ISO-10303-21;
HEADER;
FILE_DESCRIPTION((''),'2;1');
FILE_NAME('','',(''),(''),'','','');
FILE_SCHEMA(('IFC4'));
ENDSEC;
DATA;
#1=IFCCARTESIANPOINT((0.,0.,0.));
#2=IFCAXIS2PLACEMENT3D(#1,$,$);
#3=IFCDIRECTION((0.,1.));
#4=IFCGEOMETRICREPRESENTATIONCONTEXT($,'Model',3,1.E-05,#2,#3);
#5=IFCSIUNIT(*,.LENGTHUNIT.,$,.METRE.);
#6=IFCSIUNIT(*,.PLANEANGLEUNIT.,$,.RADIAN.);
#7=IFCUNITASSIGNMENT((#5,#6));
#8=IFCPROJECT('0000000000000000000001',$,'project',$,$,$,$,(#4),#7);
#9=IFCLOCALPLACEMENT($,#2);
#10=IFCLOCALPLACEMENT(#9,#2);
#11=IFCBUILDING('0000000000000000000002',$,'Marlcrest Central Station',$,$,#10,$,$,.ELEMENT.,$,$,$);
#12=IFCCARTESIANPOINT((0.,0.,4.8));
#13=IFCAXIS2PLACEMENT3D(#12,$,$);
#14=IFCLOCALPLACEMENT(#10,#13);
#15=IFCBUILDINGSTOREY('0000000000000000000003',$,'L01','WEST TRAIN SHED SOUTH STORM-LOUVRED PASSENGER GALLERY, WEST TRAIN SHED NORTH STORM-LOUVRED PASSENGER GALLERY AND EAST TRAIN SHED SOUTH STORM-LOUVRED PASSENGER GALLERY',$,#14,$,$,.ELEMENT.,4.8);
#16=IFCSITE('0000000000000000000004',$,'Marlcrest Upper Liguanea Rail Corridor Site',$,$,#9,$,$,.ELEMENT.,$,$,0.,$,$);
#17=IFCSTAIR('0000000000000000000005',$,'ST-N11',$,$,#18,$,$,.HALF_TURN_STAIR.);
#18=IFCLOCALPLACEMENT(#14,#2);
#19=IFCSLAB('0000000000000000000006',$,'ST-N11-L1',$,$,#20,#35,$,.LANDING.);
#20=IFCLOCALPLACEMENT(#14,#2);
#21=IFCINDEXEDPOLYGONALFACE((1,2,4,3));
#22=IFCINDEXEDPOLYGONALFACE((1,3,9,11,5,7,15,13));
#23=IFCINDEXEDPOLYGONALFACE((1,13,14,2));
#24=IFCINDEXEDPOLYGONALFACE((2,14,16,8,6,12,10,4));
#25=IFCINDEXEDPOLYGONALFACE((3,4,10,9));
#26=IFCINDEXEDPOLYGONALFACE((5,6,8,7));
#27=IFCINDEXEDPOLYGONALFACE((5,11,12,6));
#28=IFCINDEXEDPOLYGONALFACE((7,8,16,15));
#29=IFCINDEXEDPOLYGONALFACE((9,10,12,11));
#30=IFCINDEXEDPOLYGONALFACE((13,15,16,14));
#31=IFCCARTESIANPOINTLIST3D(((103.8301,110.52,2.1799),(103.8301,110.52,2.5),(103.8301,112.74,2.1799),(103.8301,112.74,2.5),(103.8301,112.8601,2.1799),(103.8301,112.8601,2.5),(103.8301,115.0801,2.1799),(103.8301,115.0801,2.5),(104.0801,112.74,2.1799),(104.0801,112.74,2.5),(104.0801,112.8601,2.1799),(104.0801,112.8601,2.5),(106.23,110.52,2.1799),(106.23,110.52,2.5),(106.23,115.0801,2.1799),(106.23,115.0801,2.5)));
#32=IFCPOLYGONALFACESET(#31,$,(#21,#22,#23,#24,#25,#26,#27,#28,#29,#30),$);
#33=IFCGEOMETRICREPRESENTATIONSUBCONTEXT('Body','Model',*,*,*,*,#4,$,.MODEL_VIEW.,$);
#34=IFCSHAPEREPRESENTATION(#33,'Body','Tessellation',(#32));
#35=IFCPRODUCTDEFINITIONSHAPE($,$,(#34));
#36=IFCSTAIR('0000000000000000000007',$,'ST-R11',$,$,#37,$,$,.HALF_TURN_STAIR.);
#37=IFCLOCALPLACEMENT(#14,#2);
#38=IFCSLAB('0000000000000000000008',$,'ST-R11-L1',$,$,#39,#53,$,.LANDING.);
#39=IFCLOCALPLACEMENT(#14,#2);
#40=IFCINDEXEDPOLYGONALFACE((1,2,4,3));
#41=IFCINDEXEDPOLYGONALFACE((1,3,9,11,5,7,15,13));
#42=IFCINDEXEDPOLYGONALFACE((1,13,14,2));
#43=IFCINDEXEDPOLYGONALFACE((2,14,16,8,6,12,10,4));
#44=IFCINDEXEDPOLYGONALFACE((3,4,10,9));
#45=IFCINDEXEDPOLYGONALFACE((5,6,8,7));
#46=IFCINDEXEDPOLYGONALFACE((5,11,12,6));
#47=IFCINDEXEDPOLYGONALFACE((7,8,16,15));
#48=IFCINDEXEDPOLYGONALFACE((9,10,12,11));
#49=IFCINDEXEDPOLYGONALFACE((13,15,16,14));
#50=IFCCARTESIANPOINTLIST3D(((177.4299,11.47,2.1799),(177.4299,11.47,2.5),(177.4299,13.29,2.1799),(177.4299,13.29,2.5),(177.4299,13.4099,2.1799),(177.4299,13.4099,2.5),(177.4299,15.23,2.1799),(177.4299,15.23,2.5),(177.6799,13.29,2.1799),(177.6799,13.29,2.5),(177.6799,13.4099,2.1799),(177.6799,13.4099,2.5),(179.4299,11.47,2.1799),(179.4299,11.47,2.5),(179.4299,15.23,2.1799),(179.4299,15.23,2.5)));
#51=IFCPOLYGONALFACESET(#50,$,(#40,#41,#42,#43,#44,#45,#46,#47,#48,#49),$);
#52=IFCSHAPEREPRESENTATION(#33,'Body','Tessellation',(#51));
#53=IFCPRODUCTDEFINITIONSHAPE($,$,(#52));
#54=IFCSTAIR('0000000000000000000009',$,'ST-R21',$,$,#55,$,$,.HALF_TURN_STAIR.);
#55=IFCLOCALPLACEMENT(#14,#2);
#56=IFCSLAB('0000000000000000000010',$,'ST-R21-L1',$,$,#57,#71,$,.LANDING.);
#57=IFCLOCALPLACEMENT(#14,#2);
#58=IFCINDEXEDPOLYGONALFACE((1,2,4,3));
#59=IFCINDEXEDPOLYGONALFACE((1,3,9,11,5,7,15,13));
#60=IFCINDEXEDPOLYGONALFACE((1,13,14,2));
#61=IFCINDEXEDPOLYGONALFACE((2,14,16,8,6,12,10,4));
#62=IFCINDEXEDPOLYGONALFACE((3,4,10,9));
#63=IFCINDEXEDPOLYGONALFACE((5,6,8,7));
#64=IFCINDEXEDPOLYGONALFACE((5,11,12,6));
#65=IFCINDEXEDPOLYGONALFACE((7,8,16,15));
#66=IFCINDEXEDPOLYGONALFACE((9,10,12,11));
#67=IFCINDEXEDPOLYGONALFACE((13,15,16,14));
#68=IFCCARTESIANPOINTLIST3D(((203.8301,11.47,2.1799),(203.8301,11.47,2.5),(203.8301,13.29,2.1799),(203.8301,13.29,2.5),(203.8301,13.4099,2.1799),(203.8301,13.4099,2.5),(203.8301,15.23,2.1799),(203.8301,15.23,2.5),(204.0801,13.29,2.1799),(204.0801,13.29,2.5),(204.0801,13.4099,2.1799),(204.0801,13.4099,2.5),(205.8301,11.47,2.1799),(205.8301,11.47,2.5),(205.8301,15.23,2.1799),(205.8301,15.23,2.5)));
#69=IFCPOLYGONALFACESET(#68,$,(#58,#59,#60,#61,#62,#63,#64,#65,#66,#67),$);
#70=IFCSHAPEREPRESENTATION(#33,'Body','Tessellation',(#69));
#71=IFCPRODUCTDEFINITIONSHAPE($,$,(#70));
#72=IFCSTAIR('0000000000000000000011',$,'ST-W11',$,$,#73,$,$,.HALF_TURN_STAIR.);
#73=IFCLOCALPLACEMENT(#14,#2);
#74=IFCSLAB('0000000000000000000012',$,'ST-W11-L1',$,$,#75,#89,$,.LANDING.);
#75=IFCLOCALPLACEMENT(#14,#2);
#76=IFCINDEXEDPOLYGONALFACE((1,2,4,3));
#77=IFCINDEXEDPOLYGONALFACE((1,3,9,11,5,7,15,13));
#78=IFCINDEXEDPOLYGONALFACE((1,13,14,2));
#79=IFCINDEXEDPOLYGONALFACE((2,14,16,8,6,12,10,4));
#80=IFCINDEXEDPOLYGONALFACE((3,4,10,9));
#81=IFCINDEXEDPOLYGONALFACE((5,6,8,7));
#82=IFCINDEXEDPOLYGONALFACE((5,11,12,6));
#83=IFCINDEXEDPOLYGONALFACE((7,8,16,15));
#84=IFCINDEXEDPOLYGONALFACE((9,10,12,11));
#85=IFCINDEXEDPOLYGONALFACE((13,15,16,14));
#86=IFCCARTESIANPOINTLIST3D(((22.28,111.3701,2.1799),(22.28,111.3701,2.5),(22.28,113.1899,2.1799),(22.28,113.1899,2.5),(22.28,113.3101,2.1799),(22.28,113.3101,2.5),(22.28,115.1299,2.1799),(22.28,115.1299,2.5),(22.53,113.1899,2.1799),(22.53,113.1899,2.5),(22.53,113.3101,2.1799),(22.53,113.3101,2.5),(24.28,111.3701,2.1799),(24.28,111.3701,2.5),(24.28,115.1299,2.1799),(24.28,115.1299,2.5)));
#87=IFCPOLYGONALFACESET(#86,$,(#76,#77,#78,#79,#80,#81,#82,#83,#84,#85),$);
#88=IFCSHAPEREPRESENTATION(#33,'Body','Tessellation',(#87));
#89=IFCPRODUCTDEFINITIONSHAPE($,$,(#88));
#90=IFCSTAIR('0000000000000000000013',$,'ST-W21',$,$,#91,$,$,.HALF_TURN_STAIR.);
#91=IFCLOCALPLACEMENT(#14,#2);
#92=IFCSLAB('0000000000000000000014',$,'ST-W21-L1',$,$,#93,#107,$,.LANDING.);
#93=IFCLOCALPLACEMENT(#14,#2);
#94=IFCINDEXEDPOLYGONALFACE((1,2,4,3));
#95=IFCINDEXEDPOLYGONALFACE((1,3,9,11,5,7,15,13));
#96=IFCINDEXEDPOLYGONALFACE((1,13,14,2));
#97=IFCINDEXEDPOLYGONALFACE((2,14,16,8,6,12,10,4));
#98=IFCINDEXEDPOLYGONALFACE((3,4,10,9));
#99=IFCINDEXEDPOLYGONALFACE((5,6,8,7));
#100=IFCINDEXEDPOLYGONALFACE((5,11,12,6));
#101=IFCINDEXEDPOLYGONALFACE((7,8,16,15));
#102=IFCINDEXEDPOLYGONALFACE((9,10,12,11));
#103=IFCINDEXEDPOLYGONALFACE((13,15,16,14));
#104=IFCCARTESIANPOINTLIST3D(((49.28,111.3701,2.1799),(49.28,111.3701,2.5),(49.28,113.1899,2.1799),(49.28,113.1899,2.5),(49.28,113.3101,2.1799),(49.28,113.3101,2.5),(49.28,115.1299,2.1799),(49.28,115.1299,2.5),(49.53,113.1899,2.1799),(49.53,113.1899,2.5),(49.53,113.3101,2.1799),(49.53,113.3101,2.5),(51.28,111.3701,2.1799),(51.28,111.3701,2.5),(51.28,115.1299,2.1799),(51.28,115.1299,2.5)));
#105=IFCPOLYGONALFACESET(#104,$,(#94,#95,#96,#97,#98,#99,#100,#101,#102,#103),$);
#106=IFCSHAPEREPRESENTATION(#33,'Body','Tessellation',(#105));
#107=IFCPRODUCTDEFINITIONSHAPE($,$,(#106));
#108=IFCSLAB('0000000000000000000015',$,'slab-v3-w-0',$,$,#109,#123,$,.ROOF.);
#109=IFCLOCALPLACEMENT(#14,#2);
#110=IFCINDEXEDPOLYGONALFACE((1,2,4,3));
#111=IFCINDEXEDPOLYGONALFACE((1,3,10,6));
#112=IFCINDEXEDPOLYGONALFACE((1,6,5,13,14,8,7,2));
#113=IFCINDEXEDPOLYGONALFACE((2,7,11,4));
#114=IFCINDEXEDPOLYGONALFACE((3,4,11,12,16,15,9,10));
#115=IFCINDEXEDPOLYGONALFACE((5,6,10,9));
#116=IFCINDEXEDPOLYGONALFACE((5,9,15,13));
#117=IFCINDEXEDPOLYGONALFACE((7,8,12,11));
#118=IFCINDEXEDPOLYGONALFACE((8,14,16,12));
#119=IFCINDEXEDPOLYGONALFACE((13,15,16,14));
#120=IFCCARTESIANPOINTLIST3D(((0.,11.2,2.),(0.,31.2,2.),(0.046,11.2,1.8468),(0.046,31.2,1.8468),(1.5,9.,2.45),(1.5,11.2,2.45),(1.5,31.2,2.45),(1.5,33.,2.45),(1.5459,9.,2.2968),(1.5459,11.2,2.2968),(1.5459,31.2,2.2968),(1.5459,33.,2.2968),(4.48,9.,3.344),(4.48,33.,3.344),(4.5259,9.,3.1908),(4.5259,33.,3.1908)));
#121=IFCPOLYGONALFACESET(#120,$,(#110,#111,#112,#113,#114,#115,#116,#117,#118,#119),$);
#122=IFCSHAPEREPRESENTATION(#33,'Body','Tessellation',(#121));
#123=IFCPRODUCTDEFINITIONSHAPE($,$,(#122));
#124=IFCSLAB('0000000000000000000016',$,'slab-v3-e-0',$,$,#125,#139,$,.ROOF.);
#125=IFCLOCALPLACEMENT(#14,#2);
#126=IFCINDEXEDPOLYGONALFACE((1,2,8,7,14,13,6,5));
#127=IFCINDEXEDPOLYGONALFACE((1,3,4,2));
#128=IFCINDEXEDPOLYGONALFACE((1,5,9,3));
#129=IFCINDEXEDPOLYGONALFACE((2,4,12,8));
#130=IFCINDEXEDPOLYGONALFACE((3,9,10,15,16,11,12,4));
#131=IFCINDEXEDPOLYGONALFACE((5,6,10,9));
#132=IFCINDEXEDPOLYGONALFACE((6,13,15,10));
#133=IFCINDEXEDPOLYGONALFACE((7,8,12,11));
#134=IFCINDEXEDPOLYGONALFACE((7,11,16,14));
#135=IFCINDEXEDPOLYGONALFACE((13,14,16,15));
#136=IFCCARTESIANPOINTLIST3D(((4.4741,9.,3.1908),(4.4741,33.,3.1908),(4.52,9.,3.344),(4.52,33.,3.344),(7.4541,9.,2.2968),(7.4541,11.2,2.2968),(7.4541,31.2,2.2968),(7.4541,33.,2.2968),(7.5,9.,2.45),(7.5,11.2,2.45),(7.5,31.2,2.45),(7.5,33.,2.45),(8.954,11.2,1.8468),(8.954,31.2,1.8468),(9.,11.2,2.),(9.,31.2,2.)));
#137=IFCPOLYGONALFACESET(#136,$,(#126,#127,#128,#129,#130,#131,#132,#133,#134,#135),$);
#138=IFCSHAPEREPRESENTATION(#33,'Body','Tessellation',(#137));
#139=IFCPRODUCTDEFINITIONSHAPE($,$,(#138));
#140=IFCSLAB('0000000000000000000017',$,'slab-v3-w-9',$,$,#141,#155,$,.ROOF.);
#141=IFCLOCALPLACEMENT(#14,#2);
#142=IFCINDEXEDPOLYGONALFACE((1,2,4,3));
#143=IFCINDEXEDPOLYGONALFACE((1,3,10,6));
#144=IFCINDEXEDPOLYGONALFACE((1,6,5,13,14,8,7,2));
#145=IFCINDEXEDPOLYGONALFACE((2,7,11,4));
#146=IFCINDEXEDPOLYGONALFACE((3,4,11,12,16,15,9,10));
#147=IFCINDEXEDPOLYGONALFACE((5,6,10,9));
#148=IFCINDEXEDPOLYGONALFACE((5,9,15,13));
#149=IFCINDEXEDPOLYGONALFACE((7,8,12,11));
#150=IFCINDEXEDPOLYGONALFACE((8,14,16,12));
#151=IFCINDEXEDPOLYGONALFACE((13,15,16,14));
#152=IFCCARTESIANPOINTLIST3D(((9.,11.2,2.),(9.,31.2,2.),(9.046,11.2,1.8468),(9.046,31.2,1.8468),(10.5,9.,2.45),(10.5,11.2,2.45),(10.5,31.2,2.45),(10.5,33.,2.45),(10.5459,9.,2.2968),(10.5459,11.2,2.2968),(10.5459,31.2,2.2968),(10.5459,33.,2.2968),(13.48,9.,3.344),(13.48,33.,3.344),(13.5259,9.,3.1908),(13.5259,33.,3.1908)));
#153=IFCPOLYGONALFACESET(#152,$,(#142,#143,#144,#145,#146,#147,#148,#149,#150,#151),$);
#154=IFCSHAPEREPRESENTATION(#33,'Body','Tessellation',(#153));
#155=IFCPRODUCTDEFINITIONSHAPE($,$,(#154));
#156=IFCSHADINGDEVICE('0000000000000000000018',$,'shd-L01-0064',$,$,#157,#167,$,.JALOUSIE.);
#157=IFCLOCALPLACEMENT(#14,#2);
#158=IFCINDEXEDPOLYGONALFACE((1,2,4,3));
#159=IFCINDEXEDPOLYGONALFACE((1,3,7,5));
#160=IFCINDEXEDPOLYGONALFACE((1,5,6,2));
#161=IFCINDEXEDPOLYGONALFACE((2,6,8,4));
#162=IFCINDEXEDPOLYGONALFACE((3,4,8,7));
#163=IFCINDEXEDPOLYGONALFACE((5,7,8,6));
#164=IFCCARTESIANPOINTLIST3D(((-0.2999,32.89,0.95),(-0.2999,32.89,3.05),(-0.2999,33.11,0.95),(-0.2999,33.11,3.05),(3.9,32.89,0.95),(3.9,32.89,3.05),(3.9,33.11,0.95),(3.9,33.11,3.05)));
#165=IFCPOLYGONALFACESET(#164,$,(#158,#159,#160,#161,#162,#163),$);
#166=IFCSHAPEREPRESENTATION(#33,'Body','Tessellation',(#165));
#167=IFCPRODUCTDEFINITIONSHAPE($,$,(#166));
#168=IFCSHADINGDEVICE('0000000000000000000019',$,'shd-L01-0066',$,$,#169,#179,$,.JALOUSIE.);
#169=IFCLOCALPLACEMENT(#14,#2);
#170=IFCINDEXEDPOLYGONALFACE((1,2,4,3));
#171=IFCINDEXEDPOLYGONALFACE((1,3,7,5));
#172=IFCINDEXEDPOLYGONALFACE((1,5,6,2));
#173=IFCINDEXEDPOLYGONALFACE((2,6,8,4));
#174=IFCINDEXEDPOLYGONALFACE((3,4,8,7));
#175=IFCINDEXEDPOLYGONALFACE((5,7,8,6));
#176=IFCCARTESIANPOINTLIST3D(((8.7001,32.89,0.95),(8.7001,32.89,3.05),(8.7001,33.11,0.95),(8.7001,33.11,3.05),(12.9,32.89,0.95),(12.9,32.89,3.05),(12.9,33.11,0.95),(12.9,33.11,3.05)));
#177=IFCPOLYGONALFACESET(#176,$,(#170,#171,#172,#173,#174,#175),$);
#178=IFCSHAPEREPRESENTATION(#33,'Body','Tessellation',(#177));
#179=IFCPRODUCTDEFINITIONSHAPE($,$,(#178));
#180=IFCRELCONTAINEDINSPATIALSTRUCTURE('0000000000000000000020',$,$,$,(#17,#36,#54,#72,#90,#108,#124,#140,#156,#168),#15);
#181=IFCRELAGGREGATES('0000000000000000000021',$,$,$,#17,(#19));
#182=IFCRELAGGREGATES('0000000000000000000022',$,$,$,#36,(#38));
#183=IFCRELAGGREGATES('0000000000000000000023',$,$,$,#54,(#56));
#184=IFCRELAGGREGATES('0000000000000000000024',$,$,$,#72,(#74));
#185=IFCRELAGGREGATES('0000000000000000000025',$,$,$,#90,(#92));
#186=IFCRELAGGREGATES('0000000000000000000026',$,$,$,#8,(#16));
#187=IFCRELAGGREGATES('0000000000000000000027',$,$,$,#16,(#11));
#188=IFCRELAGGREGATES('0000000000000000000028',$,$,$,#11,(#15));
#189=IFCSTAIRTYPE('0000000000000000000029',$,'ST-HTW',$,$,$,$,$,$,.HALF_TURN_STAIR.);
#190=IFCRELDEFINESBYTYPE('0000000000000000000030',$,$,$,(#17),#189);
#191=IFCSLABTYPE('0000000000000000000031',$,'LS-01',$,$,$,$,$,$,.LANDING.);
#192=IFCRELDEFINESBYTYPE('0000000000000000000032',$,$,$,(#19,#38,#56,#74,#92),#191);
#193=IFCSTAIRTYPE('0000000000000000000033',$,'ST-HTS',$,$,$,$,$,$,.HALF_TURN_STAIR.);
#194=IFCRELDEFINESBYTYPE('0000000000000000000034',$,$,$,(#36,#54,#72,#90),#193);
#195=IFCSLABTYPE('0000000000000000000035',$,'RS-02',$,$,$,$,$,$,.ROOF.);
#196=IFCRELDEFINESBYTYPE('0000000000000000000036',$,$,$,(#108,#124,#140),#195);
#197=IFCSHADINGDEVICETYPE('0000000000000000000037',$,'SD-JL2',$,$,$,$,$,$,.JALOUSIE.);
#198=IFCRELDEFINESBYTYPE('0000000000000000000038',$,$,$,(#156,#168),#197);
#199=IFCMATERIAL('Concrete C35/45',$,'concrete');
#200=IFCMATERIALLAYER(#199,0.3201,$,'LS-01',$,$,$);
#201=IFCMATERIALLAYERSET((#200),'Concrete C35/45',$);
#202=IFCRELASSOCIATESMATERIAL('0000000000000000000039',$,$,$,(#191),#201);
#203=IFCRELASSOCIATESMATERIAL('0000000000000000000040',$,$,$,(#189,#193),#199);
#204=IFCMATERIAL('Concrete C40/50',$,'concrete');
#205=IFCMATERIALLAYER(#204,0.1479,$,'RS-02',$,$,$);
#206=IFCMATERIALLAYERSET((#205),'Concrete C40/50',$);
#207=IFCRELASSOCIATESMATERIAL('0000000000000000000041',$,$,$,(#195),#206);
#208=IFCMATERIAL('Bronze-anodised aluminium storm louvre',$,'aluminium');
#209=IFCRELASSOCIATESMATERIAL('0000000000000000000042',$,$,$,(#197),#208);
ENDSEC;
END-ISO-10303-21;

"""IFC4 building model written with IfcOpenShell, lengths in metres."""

from ifc_helpers import new_model, si_unit, direction, frame, origin, origin_2d, place, context, subcontext, project, spatial, polyline, rectangle, outline, extrude, material, layer, layer_set, type_object, element, aggregate, save


model = new_model("IFC4")

# Units and contexts
model_context = context("Model", 3, precision=1e-05, world=origin(), true_north=direction((0.0, 1.0)))
body_context = subcontext(model_context, "Body", "Model", "MODEL_VIEW")
ifc_project = project(units=[si_unit("LENGTHUNIT", "METRE"), si_unit("PLANEANGLEUNIT", "RADIAN")], contexts=[model_context])

# Site, building, storey
site_placement = place(None, origin())
site = spatial("IfcSite", under=ifc_project, at=site_placement, Name="Marlcrest Upper Liguanea Rail Corridor Site", CompositionType="ELEMENT", RefElevation=0.0)
building_placement = place(site_placement, origin())
building = spatial("IfcBuilding", under=site, at=building_placement, Name="Marlcrest Central Station", CompositionType="ELEMENT")
storey_placement = place(building_placement, frame((0.0, 0.0, 4.8)))
storey = spatial("IfcBuildingStorey", under=building, at=storey_placement, Name="L01", Description="WEST TRAIN SHED SOUTH STORM-LOUVRED PASSENGER GALLERY, WEST TRAIN SHED NORTH STORM-LOUVRED PASSENGER GALLERY AND EAST TRAIN SHED SOUTH STORM-LOUVRED PASSENGER GALLERY", CompositionType="ELEMENT", Elevation=4.8)

# Shared definitions
ifc_material_1 = material(Name="Concrete C35/45", Category="concrete")
ifc_layer_1 = layer(ifc_material_1, 0.3201, Name="LS-01")
ifc_layer_set_1 = layer_set([ifc_layer_1], Name="Concrete C35/45")
slab_type_1 = type_object("IfcSlabType", Name="LS-01", PredefinedType="LANDING", material=ifc_layer_set_1)

# Stairs, slabs
stair_type_1 = type_object("IfcStairType", Name="ST-HTW", PredefinedType="HALF_TURN_STAIR", material=ifc_material_1)
stair_1_placement = place(storey_placement, origin())
stair_1 = element("IfcStair", 1, at=stair_1_placement, inside=storey, type_object=stair_type_1, Name="ST-N11", PredefinedType="HALF_TURN_STAIR")
slab_1_placement = place(storey_placement, frame((0.0, 0.0, 2.1799)))
slab_1 = element("IfcSlab", 2, at=slab_1_placement, type_object=slab_type_1, Name="ST-N11-L1", PredefinedType="LANDING", context=body_context, shape_type="SweptSolid", body=[
    extrude(outline(polyline([(103.8301, 110.52), (106.23, 110.52), (106.23, 115.0801), (103.8301, 115.0801), (103.8301, 112.8601), (104.0801, 112.8601), (104.0801, 112.74), (103.8301, 112.74), (103.8301, 110.52)])), origin(), (0.0, 0.0, 1.0), 0.3201),
])
aggregate(stair_1, [slab_1])
stair_type_2 = type_object("IfcStairType", Name="ST-HTS", PredefinedType="HALF_TURN_STAIR", material=ifc_material_1)
stair_2_placement = place(storey_placement, origin())
stair_2 = element("IfcStair", 3, at=stair_2_placement, inside=storey, type_object=stair_type_2, Name="ST-R11", PredefinedType="HALF_TURN_STAIR")
slab_2_placement = place(storey_placement, frame((0.0, 0.0, 2.1799)))
slab_2 = element("IfcSlab", 4, at=slab_2_placement, type_object=slab_type_1, Name="ST-R11-L1", PredefinedType="LANDING", context=body_context, shape_type="SweptSolid", body=[
    extrude(outline(polyline([(177.4299, 11.47), (179.4299, 11.47), (179.4299, 15.23), (177.4299, 15.23), (177.4299, 13.4099), (177.6799, 13.4099), (177.6799, 13.29), (177.4299, 13.29), (177.4299, 11.47)])), origin(), (0.0, 0.0, 1.0), 0.3201),
])
aggregate(stair_2, [slab_2])
stair_3_placement = place(storey_placement, origin())
stair_3 = element("IfcStair", 5, at=stair_3_placement, inside=storey, type_object=stair_type_2, Name="ST-R21", PredefinedType="HALF_TURN_STAIR")
slab_3_placement = place(storey_placement, frame((0.0, 0.0, 2.1799)))
slab_3 = element("IfcSlab", 6, at=slab_3_placement, type_object=slab_type_1, Name="ST-R21-L1", PredefinedType="LANDING", context=body_context, shape_type="SweptSolid", body=[
    extrude(outline(polyline([(203.8301, 11.47), (205.8301, 11.47), (205.8301, 15.23), (203.8301, 15.23), (203.8301, 13.4099), (204.0801, 13.4099), (204.0801, 13.29), (203.8301, 13.29), (203.8301, 11.47)])), origin(), (0.0, 0.0, 1.0), 0.3201),
])
aggregate(stair_3, [slab_3])
stair_4_placement = place(storey_placement, origin())
stair_4 = element("IfcStair", 7, at=stair_4_placement, inside=storey, type_object=stair_type_2, Name="ST-W11", PredefinedType="HALF_TURN_STAIR")
slab_4_placement = place(storey_placement, frame((0.0, 0.0, 2.1799)))
slab_4 = element("IfcSlab", 8, at=slab_4_placement, type_object=slab_type_1, Name="ST-W11-L1", PredefinedType="LANDING", context=body_context, shape_type="SweptSolid", body=[
    extrude(outline(polyline([(22.28, 111.3701), (24.28, 111.3701), (24.28, 115.1299), (22.28, 115.1299), (22.28, 113.3101), (22.53, 113.3101), (22.53, 113.1899), (22.28, 113.1899), (22.28, 111.3701)])), origin(), (0.0, 0.0, 1.0), 0.3201),
])
aggregate(stair_4, [slab_4])
stair_5_placement = place(storey_placement, origin())
stair_5 = element("IfcStair", 9, at=stair_5_placement, inside=storey, type_object=stair_type_2, Name="ST-W21", PredefinedType="HALF_TURN_STAIR")
slab_5_placement = place(storey_placement, frame((0.0, 0.0, 2.1799)))
slab_5 = element("IfcSlab", 10, at=slab_5_placement, type_object=slab_type_1, Name="ST-W21-L1", PredefinedType="LANDING", context=body_context, shape_type="SweptSolid", body=[
    extrude(outline(polyline([(49.28, 111.3701), (51.28, 111.3701), (51.28, 115.1299), (49.28, 115.1299), (49.28, 113.3101), (49.53, 113.3101), (49.53, 113.1899), (49.28, 113.1899), (49.28, 111.3701)])), origin(), (0.0, 0.0, 1.0), 0.3201),
])
aggregate(stair_5, [slab_5])

# Slabs
ifc_material_2 = material(Name="Concrete C40/50", Category="concrete")
ifc_layer_2 = layer(ifc_material_2, 0.1479, Name="RS-02")
ifc_layer_set_2 = layer_set([ifc_layer_2], Name="Concrete C40/50")
slab_type_2 = type_object("IfcSlabType", Name="RS-02", PredefinedType="ROOF", material=ifc_layer_set_2)
slab_6_placement = place(storey_placement, frame((0.0, 11.2, 2.0), z_axis=(-0.28735, 0.0, 0.957826), x_axis=(0.957826, 0.0, 0.28735)))
element("IfcSlab", 11, at=slab_6_placement, inside=storey, type_object=slab_type_2, Name="slab-v3-w-0", PredefinedType="ROOF", context=body_context, shape_type="SweptSolid", body=[
    extrude(outline(polyline([(0.0, 0.0), (1.566, 0.0), (1.566, -2.2), (4.6772, -2.2), (4.6772, 21.8), (1.566, 21.8), (1.566, 20.0), (0.0, 20.0), (0.0, 0.0)])), origin(), (0.0, 0.0, -1.0), 0.1599),
])
slab_7_placement = place(storey_placement, frame((4.52, 9.0, 3.344), z_axis=(0.28735, 0.0, 0.957826), x_axis=(0.957826, 0.0, -0.28735)))
element("IfcSlab", 12, at=slab_7_placement, inside=storey, type_object=slab_type_2, Name="slab-v3-e-0", PredefinedType="ROOF", context=body_context, shape_type="SweptSolid", body=[
    extrude(outline(polyline([(0.0, 0.0), (3.1112, 0.0), (3.1112, 2.2), (4.6772, 2.2), (4.6772, 22.2), (3.1112, 22.2), (3.1112, 24.0), (0.0, 24.0), (0.0, 0.0)])), origin(), (0.0, 0.0, -1.0), 0.1599),
])
slab_8_placement = place(storey_placement, frame((9.0, 11.2, 2.0), z_axis=(-0.28735, 0.0, 0.957826), x_axis=(0.957826, 0.0, 0.28735)))
element("IfcSlab", 13, at=slab_8_placement, inside=storey, type_object=slab_type_2, Name="slab-v3-w-9", PredefinedType="ROOF", context=body_context, shape_type="SweptSolid", body=[
    extrude(outline(polyline([(0.0, 0.0), (1.566, 0.0), (1.566, -2.2), (4.6772, -2.2), (4.6772, 21.8), (1.566, 21.8), (1.566, 20.0), (0.0, 20.0), (0.0, 0.0)])), origin(), (0.0, 0.0, -1.0), 0.1599),
])

# Shading devices
ifc_material_3 = material(Name="Bronze-anodised aluminium storm louvre", Category="aluminium")
shading_device_type = type_object("IfcShadingDeviceType", Name="SD-JL2", PredefinedType="JALOUSIE", material=ifc_material_3)
for number, where, z_axis, x_axis, name in (
    (14, (1.8, 33.0, 0.95), (0.0, 0.0, 1.0), (1.0, 0.0, 0.0), "shd-L01-0064"),
    (15, (10.8, 33.0, 0.95), (0.0, 0.0, 1.0), (1.0, 0.0, 0.0), "shd-L01-0066"),
):
    element("IfcShadingDevice", number, at=place(storey_placement, frame(where, z_axis=z_axis, x_axis=x_axis)), inside=storey, type_object=shading_device_type, Name=name, PredefinedType="JALOUSIE", context=body_context, shape_type="SweptSolid", body=[
        extrude(rectangle(XDim=4.2, YDim=0.22, at=origin_2d()), origin(), (0.0, 0.0, 1.0), 2.1001),
    ])

save(model, "model.ifc")
